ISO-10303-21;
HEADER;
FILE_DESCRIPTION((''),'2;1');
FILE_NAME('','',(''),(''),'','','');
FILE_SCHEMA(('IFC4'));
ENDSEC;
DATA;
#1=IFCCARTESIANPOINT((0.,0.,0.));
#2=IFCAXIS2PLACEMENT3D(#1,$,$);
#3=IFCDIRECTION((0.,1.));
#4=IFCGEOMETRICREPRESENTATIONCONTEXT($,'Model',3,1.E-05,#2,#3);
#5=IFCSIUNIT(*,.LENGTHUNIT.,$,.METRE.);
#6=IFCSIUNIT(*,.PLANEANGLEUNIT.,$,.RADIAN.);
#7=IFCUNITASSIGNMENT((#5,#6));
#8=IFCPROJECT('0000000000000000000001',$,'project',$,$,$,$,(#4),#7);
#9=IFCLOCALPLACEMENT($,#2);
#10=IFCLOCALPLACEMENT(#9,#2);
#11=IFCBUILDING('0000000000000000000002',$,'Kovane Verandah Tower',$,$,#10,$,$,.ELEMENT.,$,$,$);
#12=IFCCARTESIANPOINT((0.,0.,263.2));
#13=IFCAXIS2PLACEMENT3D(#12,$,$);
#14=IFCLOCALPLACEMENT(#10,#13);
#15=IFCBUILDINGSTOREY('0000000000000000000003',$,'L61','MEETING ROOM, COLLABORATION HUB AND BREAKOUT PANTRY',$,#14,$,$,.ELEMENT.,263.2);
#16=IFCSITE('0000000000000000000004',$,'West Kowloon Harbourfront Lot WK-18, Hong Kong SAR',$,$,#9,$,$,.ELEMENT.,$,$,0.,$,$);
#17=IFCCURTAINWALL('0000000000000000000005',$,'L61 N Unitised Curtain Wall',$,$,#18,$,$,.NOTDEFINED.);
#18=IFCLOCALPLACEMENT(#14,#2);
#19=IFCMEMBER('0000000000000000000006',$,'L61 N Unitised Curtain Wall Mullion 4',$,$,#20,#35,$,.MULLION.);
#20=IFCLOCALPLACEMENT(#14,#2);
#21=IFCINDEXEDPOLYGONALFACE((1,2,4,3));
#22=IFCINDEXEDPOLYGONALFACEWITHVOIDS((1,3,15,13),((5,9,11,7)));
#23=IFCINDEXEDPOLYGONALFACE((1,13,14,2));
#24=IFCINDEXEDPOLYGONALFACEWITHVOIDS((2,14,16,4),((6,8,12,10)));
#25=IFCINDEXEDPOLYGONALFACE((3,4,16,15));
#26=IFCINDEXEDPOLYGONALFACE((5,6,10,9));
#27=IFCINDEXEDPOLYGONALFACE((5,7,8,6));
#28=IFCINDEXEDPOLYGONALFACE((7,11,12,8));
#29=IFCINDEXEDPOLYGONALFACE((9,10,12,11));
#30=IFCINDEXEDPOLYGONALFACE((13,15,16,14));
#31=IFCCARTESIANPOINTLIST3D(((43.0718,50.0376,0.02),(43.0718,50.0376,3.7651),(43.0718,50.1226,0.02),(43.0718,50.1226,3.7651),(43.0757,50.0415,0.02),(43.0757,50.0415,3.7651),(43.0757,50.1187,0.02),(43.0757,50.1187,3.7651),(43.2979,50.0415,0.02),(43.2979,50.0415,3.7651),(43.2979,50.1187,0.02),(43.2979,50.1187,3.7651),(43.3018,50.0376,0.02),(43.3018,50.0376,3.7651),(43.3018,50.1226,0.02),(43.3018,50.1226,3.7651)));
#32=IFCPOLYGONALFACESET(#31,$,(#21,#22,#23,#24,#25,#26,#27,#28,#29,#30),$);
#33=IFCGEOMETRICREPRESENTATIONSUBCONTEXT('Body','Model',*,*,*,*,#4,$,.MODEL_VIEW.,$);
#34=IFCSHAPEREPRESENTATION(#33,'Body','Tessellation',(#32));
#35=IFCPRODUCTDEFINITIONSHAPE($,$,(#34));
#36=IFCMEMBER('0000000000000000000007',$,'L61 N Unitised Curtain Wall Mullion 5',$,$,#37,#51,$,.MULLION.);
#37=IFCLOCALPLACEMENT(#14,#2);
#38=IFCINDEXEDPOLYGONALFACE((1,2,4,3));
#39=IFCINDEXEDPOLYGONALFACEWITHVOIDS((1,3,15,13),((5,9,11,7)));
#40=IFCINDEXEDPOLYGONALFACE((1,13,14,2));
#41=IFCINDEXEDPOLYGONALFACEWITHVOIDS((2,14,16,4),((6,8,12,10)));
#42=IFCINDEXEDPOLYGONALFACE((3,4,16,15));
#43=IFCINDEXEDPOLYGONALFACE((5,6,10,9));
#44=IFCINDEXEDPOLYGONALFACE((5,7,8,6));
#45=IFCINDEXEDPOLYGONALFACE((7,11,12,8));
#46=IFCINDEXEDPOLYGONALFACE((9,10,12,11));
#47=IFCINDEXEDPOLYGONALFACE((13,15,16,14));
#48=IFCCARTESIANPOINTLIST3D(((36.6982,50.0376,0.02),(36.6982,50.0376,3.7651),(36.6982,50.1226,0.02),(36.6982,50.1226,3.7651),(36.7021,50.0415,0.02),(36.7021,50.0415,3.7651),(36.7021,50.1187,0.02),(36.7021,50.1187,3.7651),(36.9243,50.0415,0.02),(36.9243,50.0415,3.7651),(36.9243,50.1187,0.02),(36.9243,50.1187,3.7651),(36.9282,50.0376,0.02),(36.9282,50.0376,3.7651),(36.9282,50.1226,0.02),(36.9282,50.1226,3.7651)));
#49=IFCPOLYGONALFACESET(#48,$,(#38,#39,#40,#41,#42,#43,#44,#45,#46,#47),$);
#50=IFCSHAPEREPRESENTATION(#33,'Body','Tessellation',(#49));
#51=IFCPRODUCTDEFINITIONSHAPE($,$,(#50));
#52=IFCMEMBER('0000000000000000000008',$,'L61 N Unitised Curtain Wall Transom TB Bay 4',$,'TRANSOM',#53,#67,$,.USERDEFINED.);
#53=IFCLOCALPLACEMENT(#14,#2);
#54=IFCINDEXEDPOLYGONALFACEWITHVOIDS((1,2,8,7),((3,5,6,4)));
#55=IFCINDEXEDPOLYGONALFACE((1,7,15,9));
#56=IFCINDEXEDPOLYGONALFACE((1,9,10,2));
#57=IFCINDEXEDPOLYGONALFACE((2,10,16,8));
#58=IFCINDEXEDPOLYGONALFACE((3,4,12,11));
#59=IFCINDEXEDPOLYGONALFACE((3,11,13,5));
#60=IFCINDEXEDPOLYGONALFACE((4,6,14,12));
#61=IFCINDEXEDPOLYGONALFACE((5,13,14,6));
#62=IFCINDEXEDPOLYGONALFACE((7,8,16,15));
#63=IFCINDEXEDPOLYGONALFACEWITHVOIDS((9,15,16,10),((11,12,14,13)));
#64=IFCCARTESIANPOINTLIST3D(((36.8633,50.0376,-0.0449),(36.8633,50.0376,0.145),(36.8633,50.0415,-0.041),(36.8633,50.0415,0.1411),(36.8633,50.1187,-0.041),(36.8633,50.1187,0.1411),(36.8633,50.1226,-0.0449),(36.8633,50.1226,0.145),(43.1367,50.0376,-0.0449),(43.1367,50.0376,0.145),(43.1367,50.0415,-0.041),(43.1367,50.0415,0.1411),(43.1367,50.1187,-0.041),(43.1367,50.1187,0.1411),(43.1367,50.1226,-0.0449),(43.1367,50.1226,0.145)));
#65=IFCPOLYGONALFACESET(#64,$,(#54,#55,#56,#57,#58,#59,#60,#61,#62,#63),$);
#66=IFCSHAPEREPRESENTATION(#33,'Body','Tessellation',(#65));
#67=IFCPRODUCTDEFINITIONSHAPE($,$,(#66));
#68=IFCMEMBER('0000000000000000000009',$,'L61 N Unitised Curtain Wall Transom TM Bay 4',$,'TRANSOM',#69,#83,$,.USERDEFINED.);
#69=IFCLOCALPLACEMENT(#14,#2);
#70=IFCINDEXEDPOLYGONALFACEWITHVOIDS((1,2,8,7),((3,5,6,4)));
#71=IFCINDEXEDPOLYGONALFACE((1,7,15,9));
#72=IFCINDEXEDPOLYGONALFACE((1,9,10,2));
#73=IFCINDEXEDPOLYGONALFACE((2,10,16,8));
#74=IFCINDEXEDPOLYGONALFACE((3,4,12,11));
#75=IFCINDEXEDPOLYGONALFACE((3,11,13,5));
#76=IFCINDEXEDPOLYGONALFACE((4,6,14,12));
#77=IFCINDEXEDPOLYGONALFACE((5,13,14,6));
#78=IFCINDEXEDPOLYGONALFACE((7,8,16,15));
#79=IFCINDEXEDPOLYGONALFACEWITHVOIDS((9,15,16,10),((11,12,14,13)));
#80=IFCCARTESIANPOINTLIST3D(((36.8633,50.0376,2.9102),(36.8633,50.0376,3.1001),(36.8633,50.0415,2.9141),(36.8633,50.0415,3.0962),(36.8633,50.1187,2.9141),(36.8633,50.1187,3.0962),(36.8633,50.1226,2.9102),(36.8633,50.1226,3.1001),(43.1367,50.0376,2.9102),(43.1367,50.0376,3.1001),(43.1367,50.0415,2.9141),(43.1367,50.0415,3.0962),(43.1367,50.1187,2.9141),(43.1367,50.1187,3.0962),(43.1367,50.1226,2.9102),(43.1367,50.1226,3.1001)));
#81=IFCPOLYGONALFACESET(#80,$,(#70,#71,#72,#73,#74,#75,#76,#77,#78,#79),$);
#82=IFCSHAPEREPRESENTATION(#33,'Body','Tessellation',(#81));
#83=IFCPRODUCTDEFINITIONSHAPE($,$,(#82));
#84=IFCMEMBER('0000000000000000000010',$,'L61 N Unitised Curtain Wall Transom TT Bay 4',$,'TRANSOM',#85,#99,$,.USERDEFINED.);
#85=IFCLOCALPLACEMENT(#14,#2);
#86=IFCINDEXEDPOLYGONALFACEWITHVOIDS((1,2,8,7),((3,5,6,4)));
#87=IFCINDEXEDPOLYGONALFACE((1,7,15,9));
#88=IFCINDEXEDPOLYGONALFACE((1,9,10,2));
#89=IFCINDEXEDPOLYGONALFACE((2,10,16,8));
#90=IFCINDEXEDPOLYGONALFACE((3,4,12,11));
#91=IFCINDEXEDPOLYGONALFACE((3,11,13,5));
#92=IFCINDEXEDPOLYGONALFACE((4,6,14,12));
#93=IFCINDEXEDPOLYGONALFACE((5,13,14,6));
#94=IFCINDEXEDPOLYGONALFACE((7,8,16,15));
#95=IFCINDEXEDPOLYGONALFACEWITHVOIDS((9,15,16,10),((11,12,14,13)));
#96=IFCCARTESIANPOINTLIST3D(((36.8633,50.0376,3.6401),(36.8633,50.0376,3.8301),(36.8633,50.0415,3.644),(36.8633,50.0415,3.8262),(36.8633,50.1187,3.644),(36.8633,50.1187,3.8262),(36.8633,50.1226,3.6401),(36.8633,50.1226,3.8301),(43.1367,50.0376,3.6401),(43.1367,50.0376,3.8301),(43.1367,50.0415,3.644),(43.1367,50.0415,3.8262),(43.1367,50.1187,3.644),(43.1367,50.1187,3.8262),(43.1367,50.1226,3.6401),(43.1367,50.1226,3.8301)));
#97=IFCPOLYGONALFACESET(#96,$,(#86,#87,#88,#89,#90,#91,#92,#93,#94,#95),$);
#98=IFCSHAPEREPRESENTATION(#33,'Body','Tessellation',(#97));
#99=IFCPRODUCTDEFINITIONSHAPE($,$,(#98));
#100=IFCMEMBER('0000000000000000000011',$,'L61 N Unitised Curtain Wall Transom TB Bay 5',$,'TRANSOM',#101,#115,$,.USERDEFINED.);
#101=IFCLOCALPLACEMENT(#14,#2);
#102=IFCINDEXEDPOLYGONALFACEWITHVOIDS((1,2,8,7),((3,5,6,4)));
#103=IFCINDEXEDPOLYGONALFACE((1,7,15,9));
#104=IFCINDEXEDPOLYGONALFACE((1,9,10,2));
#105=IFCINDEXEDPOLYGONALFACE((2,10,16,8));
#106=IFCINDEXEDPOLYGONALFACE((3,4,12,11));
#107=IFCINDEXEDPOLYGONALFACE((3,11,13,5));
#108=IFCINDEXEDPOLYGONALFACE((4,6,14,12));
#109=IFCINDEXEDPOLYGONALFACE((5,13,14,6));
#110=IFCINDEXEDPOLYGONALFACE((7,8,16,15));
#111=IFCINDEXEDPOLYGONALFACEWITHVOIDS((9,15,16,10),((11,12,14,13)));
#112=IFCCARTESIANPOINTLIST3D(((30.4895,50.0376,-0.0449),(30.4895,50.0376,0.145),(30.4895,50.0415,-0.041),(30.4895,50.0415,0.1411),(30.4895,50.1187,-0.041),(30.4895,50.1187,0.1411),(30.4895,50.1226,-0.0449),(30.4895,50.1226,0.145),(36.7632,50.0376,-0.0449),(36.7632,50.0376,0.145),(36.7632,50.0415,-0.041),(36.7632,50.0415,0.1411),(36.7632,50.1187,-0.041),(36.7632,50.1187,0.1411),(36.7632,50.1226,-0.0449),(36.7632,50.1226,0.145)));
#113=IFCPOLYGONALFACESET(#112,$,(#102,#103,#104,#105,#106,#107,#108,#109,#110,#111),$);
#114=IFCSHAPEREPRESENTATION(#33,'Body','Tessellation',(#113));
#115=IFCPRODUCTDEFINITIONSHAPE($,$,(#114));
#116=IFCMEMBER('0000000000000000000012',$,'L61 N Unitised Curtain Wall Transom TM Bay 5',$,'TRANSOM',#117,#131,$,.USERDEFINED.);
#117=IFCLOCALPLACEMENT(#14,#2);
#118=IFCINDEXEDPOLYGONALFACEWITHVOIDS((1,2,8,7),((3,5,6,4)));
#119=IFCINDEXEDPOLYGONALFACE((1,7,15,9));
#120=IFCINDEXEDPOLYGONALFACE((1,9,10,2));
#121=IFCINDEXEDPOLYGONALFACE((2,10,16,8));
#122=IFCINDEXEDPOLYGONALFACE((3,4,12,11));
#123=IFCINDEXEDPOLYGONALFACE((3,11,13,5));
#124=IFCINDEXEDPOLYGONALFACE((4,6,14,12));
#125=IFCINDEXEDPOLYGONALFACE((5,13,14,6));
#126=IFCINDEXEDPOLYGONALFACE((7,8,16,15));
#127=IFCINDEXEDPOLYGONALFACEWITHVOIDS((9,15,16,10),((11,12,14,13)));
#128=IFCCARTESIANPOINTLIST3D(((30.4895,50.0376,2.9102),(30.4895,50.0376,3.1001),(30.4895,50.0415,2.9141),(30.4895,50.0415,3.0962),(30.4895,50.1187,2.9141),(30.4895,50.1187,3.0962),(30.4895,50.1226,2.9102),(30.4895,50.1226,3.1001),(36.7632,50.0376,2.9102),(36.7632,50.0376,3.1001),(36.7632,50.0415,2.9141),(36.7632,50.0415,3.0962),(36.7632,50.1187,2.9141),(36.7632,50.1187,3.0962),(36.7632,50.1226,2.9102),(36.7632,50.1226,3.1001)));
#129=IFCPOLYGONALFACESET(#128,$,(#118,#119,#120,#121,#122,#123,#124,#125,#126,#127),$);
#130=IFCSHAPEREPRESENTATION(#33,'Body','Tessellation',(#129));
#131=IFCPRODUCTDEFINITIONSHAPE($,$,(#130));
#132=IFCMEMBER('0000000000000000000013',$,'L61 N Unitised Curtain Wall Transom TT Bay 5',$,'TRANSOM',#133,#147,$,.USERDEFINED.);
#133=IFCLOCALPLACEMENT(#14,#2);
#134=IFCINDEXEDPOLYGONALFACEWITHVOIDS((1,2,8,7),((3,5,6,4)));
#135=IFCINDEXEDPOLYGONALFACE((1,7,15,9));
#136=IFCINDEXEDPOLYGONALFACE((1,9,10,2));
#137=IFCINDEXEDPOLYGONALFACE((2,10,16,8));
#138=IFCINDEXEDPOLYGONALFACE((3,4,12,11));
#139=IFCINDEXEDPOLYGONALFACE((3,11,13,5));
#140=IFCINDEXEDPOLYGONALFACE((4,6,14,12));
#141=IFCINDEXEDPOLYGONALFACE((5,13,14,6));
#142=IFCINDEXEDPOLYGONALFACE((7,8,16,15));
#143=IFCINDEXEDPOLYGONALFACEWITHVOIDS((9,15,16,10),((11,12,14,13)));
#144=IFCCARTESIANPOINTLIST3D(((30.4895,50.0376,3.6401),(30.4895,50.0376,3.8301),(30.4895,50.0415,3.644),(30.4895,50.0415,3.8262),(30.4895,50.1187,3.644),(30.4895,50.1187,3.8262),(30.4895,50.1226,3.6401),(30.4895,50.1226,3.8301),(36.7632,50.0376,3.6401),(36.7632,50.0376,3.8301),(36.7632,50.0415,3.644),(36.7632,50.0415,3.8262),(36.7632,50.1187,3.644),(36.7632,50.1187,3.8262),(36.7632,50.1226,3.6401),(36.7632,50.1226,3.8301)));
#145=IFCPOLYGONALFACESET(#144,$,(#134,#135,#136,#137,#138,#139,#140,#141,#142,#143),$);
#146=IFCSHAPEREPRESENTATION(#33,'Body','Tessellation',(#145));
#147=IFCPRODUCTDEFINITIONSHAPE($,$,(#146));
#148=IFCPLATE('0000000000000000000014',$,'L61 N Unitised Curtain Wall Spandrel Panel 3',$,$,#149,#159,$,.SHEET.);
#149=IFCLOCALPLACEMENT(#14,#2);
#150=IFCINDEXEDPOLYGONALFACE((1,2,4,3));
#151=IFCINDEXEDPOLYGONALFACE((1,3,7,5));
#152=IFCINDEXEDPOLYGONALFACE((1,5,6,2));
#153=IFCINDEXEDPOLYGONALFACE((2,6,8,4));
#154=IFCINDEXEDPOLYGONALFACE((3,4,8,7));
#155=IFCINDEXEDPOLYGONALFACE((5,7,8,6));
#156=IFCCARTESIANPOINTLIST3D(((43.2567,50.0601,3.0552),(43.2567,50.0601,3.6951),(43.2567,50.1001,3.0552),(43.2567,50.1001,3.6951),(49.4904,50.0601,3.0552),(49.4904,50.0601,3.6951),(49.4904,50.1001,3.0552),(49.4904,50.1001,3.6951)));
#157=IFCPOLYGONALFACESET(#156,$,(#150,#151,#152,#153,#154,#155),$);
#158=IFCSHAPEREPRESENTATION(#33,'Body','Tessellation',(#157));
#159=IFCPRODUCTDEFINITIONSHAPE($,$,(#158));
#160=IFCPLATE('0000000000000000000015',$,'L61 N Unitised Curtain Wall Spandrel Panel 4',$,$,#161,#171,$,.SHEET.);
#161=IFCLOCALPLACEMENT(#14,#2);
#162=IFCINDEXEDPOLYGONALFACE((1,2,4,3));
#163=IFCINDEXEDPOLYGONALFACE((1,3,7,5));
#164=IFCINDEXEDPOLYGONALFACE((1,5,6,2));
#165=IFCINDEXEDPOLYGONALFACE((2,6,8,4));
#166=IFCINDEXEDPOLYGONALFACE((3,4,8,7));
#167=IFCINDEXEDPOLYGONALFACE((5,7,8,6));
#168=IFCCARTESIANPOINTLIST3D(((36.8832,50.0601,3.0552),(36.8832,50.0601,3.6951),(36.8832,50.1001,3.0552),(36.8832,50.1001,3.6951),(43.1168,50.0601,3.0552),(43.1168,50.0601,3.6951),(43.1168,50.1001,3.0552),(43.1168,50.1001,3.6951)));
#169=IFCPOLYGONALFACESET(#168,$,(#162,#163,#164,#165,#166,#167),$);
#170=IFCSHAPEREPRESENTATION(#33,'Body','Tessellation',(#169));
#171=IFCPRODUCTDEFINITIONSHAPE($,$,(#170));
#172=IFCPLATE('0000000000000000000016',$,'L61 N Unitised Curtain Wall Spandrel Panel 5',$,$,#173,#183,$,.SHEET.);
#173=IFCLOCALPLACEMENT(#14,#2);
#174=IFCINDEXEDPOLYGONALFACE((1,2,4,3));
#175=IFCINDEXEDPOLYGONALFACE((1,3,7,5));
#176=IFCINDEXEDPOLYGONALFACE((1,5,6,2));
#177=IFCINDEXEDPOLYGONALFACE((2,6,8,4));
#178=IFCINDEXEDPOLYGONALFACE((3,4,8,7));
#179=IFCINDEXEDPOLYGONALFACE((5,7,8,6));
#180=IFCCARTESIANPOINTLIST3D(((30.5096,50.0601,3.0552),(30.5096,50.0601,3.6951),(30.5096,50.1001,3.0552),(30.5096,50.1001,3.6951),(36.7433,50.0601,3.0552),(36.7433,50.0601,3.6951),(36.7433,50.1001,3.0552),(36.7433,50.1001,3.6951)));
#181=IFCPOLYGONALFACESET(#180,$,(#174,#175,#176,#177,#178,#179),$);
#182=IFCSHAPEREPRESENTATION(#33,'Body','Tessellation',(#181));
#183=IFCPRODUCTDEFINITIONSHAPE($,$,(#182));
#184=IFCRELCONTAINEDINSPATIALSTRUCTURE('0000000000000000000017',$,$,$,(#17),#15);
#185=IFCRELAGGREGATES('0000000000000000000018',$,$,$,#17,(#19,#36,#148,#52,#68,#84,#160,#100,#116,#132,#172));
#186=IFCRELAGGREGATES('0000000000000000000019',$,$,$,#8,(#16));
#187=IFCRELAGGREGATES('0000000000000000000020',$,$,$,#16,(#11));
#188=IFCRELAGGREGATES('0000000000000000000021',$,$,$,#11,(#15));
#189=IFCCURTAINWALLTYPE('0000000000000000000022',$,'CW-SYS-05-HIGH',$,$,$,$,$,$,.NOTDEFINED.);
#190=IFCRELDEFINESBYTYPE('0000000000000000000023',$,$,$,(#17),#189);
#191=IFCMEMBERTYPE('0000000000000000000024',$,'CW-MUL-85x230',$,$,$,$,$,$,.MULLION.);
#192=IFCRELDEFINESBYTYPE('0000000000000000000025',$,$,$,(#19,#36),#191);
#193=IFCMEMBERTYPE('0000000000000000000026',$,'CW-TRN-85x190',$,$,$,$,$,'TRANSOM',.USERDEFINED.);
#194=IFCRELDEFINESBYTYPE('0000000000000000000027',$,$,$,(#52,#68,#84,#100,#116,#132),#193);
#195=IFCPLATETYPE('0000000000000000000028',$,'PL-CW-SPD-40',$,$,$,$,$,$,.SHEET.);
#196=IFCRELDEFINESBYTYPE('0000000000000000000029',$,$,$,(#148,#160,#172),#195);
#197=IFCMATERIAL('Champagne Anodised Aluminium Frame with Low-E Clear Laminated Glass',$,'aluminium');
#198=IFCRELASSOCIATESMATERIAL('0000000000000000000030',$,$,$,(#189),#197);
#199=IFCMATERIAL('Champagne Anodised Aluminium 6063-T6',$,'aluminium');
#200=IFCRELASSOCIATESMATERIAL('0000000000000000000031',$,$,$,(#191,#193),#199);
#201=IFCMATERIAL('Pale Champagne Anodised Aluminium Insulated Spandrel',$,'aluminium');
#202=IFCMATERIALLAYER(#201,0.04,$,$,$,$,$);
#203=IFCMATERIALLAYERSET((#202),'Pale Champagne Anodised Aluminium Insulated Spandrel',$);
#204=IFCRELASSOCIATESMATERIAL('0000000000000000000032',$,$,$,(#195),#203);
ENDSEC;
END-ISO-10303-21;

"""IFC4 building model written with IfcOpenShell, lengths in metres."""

from ifc_helpers import new_model, si_unit, direction, frame, origin, origin_2d, place, context, subcontext, project, spatial, rectangle, hollow_rectangle, extrude, material, layer, layer_set, material_profile, profile_set, type_object, element, aggregate, save


model = new_model("IFC4")

# Units and contexts
model_context = context("Model", 3, precision=1e-05, world=origin(), true_north=direction((0.0, 1.0)))
body_context = subcontext(model_context, "Body", "Model", "MODEL_VIEW")
ifc_project = project(units=[si_unit("LENGTHUNIT", "METRE"), si_unit("PLANEANGLEUNIT", "RADIAN")], contexts=[model_context])

# Site, building, storey
site_placement = place(None, origin())
site = spatial("IfcSite", under=ifc_project, at=site_placement, Name="West Kowloon Harbourfront Lot WK-18, Hong Kong SAR", CompositionType="ELEMENT", RefElevation=0.0)
building_placement = place(site_placement, origin())
building = spatial("IfcBuilding", under=site, at=building_placement, Name="Kovane Verandah Tower", CompositionType="ELEMENT")
storey_placement = place(building_placement, frame((0.0, 0.0, 263.2)))
storey = spatial("IfcBuildingStorey", under=building, at=storey_placement, Name="L61", Description="MEETING ROOM, COLLABORATION HUB AND BREAKOUT PANTRY", CompositionType="ELEMENT", Elevation=263.2)

# Curtain wall, members, plates
ifc_material_1 = material(Name="Champagne Anodised Aluminium Frame with Low-E Clear Laminated Glass", Category="aluminium")
curtain_wall_type = type_object("IfcCurtainWallType", Name="CW-SYS-05-HIGH", PredefinedType="NOTDEFINED", material=ifc_material_1)
curtain_wall_placement = place(storey_placement, origin())
curtain_wall = element("IfcCurtainWall", 1, at=curtain_wall_placement, inside=storey, type_object=curtain_wall_type, Name="L61 N Unitised Curtain Wall", PredefinedType="NOTDEFINED")
ifc_material_2 = material(Name="Champagne Anodised Aluminium 6063-T6", Category="aluminium")
ifc_material_profile_1 = material_profile(ifc_material_2, hollow_rectangle(XDim=0.085, YDim=0.23, WallThickness=0.0039, at=origin_2d()), Name="AL85x230x4")
ifc_profile_set_1 = profile_set([ifc_material_profile_1], Name="Champagne Anodised Aluminium 6063-T6")
member_type_1 = type_object("IfcMemberType", Name="CW-MUL-85x230", PredefinedType="MULLION", material=ifc_profile_set_1)
member_1_placement = place(storey_placement, frame((43.1868, 50.0801, 0.02), z_axis=(0.0, 0.0, 1.0), x_axis=(0.0, 1.0, 0.0)))
member_1 = element("IfcMember", 2, at=member_1_placement, type_object=member_type_1, Name="L61 N Unitised Curtain Wall Mullion 4", PredefinedType="MULLION", context=body_context, shape_type="SweptSolid", body=[
    extrude(hollow_rectangle(XDim=0.085, YDim=0.23, WallThickness=0.0039, at=origin_2d()), origin(), (0.0, 0.0, 1.0), 3.7451),
])
member_2_placement = place(storey_placement, frame((36.8132, 50.0801, 0.02), z_axis=(0.0, 0.0, 1.0), x_axis=(0.0, 1.0, 0.0)))
member_2 = element("IfcMember", 3, at=member_2_placement, type_object=member_type_1, Name="L61 N Unitised Curtain Wall Mullion 5", PredefinedType="MULLION", context=body_context, shape_type="SweptSolid", body=[
    extrude(hollow_rectangle(XDim=0.085, YDim=0.23, WallThickness=0.0039, at=origin_2d()), origin(), (0.0, 0.0, 1.0), 3.7451),
])
ifc_material_profile_2 = material_profile(ifc_material_2, hollow_rectangle(XDim=0.085, YDim=0.1899, WallThickness=0.0039, at=origin_2d()), Name="AL85x190x4")
ifc_profile_set_2 = profile_set([ifc_material_profile_2], Name="Champagne Anodised Aluminium 6063-T6")
member_type_2 = type_object("IfcMemberType", Name="CW-TRN-85x190", ElementType="TRANSOM", PredefinedType="USERDEFINED", material=ifc_profile_set_2)
member_3_placement = place(storey_placement, frame((43.1367, 50.0801, 0.05), z_axis=(-1.0, 0.0, 0.0), x_axis=(0.0, -1.0, 0.0)))
member_3 = element("IfcMember", 4, at=member_3_placement, type_object=member_type_2, Name="L61 N Unitised Curtain Wall Transom TB Bay 4", ObjectType="TRANSOM", PredefinedType="USERDEFINED", context=body_context, shape_type="SweptSolid", body=[
    extrude(hollow_rectangle(XDim=0.085, YDim=0.1899, WallThickness=0.0039, at=origin_2d()), origin(), (0.0, 0.0, 1.0), 6.2734),
])
member_4_placement = place(storey_placement, frame((43.1367, 50.0801, 3.0051), z_axis=(-1.0, 0.0, 0.0), x_axis=(0.0, -1.0, 0.0)))
member_4 = element("IfcMember", 5, at=member_4_placement, type_object=member_type_2, Name="L61 N Unitised Curtain Wall Transom TM Bay 4", ObjectType="TRANSOM", PredefinedType="USERDEFINED", context=body_context, shape_type="SweptSolid", body=[
    extrude(hollow_rectangle(XDim=0.085, YDim=0.1899, WallThickness=0.0039, at=origin_2d()), origin(), (0.0, 0.0, 1.0), 6.2734),
])
member_5_placement = place(storey_placement, frame((43.1367, 50.0801, 3.7351), z_axis=(-1.0, 0.0, 0.0), x_axis=(0.0, -1.0, 0.0)))
member_5 = element("IfcMember", 6, at=member_5_placement, type_object=member_type_2, Name="L61 N Unitised Curtain Wall Transom TT Bay 4", ObjectType="TRANSOM", PredefinedType="USERDEFINED", context=body_context, shape_type="SweptSolid", body=[
    extrude(hollow_rectangle(XDim=0.085, YDim=0.1899, WallThickness=0.0039, at=origin_2d()), origin(), (0.0, 0.0, 1.0), 6.2734),
])
member_6_placement = place(storey_placement, frame((36.7632, 50.0801, 0.05), z_axis=(-1.0, 0.0, 0.0), x_axis=(0.0, -1.0, 0.0)))
member_6 = element("IfcMember", 7, at=member_6_placement, type_object=member_type_2, Name="L61 N Unitised Curtain Wall Transom TB Bay 5", ObjectType="TRANSOM", PredefinedType="USERDEFINED", context=body_context, shape_type="SweptSolid", body=[
    extrude(hollow_rectangle(XDim=0.085, YDim=0.1899, WallThickness=0.0039, at=origin_2d()), origin(), (0.0, 0.0, 1.0), 6.2737),
])
member_7_placement = place(storey_placement, frame((36.7632, 50.0801, 3.0051), z_axis=(-1.0, 0.0, 0.0), x_axis=(0.0, -1.0, 0.0)))
member_7 = element("IfcMember", 8, at=member_7_placement, type_object=member_type_2, Name="L61 N Unitised Curtain Wall Transom TM Bay 5", ObjectType="TRANSOM", PredefinedType="USERDEFINED", context=body_context, shape_type="SweptSolid", body=[
    extrude(hollow_rectangle(XDim=0.085, YDim=0.1899, WallThickness=0.0039, at=origin_2d()), origin(), (0.0, 0.0, 1.0), 6.2737),
])
member_8_placement = place(storey_placement, frame((36.7632, 50.0801, 3.7351), z_axis=(-1.0, 0.0, 0.0), x_axis=(0.0, -1.0, 0.0)))
member_8 = element("IfcMember", 9, at=member_8_placement, type_object=member_type_2, Name="L61 N Unitised Curtain Wall Transom TT Bay 5", ObjectType="TRANSOM", PredefinedType="USERDEFINED", context=body_context, shape_type="SweptSolid", body=[
    extrude(hollow_rectangle(XDim=0.085, YDim=0.1899, WallThickness=0.0039, at=origin_2d()), origin(), (0.0, 0.0, 1.0), 6.2737),
])
ifc_material_3 = material(Name="Pale Champagne Anodised Aluminium Insulated Spandrel", Category="aluminium")
ifc_layer_1 = layer(ifc_material_3, 0.04)
ifc_layer_set_1 = layer_set([ifc_layer_1], Name="Pale Champagne Anodised Aluminium Insulated Spandrel")
plate_type_1 = type_object("IfcPlateType", Name="PL-CW-SPD-40", PredefinedType="SHEET", material=ifc_layer_set_1)
plate_1_placement = place(storey_placement, frame((46.3735, 50.0801, 3.0552), z_axis=(0.0, 0.0, 1.0), x_axis=(-1.0, 0.0, 0.0)))
plate_1 = element("IfcPlate", 10, at=plate_1_placement, type_object=plate_type_1, Name="L61 N Unitised Curtain Wall Spandrel Panel 3", PredefinedType="SHEET", context=body_context, shape_type="SweptSolid", body=[
    extrude(rectangle(XDim=6.2336, YDim=0.04, at=origin_2d()), origin(), (0.0, 0.0, 1.0), 0.6399),
])
plate_2_placement = place(storey_placement, frame((40.0, 50.0801, 3.0552), z_axis=(0.0, 0.0, 1.0), x_axis=(-1.0, 0.0, 0.0)))
plate_2 = element("IfcPlate", 11, at=plate_2_placement, type_object=plate_type_1, Name="L61 N Unitised Curtain Wall Spandrel Panel 4", PredefinedType="SHEET", context=body_context, shape_type="SweptSolid", body=[
    extrude(rectangle(XDim=6.2336, YDim=0.04, at=origin_2d()), origin(), (0.0, 0.0, 1.0), 0.6399),
])
plate_3_placement = place(storey_placement, frame((33.6265, 50.0801, 3.0552), z_axis=(0.0, 0.0, 1.0), x_axis=(-1.0, 0.0, 0.0)))
plate_3 = element("IfcPlate", 12, at=plate_3_placement, type_object=plate_type_1, Name="L61 N Unitised Curtain Wall Spandrel Panel 5", PredefinedType="SHEET", context=body_context, shape_type="SweptSolid", body=[
    extrude(rectangle(XDim=6.2336, YDim=0.04, at=origin_2d()), origin(), (0.0, 0.0, 1.0), 0.6399),
])
aggregate(curtain_wall, [member_1, member_2, plate_1, member_3, member_4, member_5, plate_2, member_6, member_7, member_8, plate_3])

save(model, "model.ifc")
